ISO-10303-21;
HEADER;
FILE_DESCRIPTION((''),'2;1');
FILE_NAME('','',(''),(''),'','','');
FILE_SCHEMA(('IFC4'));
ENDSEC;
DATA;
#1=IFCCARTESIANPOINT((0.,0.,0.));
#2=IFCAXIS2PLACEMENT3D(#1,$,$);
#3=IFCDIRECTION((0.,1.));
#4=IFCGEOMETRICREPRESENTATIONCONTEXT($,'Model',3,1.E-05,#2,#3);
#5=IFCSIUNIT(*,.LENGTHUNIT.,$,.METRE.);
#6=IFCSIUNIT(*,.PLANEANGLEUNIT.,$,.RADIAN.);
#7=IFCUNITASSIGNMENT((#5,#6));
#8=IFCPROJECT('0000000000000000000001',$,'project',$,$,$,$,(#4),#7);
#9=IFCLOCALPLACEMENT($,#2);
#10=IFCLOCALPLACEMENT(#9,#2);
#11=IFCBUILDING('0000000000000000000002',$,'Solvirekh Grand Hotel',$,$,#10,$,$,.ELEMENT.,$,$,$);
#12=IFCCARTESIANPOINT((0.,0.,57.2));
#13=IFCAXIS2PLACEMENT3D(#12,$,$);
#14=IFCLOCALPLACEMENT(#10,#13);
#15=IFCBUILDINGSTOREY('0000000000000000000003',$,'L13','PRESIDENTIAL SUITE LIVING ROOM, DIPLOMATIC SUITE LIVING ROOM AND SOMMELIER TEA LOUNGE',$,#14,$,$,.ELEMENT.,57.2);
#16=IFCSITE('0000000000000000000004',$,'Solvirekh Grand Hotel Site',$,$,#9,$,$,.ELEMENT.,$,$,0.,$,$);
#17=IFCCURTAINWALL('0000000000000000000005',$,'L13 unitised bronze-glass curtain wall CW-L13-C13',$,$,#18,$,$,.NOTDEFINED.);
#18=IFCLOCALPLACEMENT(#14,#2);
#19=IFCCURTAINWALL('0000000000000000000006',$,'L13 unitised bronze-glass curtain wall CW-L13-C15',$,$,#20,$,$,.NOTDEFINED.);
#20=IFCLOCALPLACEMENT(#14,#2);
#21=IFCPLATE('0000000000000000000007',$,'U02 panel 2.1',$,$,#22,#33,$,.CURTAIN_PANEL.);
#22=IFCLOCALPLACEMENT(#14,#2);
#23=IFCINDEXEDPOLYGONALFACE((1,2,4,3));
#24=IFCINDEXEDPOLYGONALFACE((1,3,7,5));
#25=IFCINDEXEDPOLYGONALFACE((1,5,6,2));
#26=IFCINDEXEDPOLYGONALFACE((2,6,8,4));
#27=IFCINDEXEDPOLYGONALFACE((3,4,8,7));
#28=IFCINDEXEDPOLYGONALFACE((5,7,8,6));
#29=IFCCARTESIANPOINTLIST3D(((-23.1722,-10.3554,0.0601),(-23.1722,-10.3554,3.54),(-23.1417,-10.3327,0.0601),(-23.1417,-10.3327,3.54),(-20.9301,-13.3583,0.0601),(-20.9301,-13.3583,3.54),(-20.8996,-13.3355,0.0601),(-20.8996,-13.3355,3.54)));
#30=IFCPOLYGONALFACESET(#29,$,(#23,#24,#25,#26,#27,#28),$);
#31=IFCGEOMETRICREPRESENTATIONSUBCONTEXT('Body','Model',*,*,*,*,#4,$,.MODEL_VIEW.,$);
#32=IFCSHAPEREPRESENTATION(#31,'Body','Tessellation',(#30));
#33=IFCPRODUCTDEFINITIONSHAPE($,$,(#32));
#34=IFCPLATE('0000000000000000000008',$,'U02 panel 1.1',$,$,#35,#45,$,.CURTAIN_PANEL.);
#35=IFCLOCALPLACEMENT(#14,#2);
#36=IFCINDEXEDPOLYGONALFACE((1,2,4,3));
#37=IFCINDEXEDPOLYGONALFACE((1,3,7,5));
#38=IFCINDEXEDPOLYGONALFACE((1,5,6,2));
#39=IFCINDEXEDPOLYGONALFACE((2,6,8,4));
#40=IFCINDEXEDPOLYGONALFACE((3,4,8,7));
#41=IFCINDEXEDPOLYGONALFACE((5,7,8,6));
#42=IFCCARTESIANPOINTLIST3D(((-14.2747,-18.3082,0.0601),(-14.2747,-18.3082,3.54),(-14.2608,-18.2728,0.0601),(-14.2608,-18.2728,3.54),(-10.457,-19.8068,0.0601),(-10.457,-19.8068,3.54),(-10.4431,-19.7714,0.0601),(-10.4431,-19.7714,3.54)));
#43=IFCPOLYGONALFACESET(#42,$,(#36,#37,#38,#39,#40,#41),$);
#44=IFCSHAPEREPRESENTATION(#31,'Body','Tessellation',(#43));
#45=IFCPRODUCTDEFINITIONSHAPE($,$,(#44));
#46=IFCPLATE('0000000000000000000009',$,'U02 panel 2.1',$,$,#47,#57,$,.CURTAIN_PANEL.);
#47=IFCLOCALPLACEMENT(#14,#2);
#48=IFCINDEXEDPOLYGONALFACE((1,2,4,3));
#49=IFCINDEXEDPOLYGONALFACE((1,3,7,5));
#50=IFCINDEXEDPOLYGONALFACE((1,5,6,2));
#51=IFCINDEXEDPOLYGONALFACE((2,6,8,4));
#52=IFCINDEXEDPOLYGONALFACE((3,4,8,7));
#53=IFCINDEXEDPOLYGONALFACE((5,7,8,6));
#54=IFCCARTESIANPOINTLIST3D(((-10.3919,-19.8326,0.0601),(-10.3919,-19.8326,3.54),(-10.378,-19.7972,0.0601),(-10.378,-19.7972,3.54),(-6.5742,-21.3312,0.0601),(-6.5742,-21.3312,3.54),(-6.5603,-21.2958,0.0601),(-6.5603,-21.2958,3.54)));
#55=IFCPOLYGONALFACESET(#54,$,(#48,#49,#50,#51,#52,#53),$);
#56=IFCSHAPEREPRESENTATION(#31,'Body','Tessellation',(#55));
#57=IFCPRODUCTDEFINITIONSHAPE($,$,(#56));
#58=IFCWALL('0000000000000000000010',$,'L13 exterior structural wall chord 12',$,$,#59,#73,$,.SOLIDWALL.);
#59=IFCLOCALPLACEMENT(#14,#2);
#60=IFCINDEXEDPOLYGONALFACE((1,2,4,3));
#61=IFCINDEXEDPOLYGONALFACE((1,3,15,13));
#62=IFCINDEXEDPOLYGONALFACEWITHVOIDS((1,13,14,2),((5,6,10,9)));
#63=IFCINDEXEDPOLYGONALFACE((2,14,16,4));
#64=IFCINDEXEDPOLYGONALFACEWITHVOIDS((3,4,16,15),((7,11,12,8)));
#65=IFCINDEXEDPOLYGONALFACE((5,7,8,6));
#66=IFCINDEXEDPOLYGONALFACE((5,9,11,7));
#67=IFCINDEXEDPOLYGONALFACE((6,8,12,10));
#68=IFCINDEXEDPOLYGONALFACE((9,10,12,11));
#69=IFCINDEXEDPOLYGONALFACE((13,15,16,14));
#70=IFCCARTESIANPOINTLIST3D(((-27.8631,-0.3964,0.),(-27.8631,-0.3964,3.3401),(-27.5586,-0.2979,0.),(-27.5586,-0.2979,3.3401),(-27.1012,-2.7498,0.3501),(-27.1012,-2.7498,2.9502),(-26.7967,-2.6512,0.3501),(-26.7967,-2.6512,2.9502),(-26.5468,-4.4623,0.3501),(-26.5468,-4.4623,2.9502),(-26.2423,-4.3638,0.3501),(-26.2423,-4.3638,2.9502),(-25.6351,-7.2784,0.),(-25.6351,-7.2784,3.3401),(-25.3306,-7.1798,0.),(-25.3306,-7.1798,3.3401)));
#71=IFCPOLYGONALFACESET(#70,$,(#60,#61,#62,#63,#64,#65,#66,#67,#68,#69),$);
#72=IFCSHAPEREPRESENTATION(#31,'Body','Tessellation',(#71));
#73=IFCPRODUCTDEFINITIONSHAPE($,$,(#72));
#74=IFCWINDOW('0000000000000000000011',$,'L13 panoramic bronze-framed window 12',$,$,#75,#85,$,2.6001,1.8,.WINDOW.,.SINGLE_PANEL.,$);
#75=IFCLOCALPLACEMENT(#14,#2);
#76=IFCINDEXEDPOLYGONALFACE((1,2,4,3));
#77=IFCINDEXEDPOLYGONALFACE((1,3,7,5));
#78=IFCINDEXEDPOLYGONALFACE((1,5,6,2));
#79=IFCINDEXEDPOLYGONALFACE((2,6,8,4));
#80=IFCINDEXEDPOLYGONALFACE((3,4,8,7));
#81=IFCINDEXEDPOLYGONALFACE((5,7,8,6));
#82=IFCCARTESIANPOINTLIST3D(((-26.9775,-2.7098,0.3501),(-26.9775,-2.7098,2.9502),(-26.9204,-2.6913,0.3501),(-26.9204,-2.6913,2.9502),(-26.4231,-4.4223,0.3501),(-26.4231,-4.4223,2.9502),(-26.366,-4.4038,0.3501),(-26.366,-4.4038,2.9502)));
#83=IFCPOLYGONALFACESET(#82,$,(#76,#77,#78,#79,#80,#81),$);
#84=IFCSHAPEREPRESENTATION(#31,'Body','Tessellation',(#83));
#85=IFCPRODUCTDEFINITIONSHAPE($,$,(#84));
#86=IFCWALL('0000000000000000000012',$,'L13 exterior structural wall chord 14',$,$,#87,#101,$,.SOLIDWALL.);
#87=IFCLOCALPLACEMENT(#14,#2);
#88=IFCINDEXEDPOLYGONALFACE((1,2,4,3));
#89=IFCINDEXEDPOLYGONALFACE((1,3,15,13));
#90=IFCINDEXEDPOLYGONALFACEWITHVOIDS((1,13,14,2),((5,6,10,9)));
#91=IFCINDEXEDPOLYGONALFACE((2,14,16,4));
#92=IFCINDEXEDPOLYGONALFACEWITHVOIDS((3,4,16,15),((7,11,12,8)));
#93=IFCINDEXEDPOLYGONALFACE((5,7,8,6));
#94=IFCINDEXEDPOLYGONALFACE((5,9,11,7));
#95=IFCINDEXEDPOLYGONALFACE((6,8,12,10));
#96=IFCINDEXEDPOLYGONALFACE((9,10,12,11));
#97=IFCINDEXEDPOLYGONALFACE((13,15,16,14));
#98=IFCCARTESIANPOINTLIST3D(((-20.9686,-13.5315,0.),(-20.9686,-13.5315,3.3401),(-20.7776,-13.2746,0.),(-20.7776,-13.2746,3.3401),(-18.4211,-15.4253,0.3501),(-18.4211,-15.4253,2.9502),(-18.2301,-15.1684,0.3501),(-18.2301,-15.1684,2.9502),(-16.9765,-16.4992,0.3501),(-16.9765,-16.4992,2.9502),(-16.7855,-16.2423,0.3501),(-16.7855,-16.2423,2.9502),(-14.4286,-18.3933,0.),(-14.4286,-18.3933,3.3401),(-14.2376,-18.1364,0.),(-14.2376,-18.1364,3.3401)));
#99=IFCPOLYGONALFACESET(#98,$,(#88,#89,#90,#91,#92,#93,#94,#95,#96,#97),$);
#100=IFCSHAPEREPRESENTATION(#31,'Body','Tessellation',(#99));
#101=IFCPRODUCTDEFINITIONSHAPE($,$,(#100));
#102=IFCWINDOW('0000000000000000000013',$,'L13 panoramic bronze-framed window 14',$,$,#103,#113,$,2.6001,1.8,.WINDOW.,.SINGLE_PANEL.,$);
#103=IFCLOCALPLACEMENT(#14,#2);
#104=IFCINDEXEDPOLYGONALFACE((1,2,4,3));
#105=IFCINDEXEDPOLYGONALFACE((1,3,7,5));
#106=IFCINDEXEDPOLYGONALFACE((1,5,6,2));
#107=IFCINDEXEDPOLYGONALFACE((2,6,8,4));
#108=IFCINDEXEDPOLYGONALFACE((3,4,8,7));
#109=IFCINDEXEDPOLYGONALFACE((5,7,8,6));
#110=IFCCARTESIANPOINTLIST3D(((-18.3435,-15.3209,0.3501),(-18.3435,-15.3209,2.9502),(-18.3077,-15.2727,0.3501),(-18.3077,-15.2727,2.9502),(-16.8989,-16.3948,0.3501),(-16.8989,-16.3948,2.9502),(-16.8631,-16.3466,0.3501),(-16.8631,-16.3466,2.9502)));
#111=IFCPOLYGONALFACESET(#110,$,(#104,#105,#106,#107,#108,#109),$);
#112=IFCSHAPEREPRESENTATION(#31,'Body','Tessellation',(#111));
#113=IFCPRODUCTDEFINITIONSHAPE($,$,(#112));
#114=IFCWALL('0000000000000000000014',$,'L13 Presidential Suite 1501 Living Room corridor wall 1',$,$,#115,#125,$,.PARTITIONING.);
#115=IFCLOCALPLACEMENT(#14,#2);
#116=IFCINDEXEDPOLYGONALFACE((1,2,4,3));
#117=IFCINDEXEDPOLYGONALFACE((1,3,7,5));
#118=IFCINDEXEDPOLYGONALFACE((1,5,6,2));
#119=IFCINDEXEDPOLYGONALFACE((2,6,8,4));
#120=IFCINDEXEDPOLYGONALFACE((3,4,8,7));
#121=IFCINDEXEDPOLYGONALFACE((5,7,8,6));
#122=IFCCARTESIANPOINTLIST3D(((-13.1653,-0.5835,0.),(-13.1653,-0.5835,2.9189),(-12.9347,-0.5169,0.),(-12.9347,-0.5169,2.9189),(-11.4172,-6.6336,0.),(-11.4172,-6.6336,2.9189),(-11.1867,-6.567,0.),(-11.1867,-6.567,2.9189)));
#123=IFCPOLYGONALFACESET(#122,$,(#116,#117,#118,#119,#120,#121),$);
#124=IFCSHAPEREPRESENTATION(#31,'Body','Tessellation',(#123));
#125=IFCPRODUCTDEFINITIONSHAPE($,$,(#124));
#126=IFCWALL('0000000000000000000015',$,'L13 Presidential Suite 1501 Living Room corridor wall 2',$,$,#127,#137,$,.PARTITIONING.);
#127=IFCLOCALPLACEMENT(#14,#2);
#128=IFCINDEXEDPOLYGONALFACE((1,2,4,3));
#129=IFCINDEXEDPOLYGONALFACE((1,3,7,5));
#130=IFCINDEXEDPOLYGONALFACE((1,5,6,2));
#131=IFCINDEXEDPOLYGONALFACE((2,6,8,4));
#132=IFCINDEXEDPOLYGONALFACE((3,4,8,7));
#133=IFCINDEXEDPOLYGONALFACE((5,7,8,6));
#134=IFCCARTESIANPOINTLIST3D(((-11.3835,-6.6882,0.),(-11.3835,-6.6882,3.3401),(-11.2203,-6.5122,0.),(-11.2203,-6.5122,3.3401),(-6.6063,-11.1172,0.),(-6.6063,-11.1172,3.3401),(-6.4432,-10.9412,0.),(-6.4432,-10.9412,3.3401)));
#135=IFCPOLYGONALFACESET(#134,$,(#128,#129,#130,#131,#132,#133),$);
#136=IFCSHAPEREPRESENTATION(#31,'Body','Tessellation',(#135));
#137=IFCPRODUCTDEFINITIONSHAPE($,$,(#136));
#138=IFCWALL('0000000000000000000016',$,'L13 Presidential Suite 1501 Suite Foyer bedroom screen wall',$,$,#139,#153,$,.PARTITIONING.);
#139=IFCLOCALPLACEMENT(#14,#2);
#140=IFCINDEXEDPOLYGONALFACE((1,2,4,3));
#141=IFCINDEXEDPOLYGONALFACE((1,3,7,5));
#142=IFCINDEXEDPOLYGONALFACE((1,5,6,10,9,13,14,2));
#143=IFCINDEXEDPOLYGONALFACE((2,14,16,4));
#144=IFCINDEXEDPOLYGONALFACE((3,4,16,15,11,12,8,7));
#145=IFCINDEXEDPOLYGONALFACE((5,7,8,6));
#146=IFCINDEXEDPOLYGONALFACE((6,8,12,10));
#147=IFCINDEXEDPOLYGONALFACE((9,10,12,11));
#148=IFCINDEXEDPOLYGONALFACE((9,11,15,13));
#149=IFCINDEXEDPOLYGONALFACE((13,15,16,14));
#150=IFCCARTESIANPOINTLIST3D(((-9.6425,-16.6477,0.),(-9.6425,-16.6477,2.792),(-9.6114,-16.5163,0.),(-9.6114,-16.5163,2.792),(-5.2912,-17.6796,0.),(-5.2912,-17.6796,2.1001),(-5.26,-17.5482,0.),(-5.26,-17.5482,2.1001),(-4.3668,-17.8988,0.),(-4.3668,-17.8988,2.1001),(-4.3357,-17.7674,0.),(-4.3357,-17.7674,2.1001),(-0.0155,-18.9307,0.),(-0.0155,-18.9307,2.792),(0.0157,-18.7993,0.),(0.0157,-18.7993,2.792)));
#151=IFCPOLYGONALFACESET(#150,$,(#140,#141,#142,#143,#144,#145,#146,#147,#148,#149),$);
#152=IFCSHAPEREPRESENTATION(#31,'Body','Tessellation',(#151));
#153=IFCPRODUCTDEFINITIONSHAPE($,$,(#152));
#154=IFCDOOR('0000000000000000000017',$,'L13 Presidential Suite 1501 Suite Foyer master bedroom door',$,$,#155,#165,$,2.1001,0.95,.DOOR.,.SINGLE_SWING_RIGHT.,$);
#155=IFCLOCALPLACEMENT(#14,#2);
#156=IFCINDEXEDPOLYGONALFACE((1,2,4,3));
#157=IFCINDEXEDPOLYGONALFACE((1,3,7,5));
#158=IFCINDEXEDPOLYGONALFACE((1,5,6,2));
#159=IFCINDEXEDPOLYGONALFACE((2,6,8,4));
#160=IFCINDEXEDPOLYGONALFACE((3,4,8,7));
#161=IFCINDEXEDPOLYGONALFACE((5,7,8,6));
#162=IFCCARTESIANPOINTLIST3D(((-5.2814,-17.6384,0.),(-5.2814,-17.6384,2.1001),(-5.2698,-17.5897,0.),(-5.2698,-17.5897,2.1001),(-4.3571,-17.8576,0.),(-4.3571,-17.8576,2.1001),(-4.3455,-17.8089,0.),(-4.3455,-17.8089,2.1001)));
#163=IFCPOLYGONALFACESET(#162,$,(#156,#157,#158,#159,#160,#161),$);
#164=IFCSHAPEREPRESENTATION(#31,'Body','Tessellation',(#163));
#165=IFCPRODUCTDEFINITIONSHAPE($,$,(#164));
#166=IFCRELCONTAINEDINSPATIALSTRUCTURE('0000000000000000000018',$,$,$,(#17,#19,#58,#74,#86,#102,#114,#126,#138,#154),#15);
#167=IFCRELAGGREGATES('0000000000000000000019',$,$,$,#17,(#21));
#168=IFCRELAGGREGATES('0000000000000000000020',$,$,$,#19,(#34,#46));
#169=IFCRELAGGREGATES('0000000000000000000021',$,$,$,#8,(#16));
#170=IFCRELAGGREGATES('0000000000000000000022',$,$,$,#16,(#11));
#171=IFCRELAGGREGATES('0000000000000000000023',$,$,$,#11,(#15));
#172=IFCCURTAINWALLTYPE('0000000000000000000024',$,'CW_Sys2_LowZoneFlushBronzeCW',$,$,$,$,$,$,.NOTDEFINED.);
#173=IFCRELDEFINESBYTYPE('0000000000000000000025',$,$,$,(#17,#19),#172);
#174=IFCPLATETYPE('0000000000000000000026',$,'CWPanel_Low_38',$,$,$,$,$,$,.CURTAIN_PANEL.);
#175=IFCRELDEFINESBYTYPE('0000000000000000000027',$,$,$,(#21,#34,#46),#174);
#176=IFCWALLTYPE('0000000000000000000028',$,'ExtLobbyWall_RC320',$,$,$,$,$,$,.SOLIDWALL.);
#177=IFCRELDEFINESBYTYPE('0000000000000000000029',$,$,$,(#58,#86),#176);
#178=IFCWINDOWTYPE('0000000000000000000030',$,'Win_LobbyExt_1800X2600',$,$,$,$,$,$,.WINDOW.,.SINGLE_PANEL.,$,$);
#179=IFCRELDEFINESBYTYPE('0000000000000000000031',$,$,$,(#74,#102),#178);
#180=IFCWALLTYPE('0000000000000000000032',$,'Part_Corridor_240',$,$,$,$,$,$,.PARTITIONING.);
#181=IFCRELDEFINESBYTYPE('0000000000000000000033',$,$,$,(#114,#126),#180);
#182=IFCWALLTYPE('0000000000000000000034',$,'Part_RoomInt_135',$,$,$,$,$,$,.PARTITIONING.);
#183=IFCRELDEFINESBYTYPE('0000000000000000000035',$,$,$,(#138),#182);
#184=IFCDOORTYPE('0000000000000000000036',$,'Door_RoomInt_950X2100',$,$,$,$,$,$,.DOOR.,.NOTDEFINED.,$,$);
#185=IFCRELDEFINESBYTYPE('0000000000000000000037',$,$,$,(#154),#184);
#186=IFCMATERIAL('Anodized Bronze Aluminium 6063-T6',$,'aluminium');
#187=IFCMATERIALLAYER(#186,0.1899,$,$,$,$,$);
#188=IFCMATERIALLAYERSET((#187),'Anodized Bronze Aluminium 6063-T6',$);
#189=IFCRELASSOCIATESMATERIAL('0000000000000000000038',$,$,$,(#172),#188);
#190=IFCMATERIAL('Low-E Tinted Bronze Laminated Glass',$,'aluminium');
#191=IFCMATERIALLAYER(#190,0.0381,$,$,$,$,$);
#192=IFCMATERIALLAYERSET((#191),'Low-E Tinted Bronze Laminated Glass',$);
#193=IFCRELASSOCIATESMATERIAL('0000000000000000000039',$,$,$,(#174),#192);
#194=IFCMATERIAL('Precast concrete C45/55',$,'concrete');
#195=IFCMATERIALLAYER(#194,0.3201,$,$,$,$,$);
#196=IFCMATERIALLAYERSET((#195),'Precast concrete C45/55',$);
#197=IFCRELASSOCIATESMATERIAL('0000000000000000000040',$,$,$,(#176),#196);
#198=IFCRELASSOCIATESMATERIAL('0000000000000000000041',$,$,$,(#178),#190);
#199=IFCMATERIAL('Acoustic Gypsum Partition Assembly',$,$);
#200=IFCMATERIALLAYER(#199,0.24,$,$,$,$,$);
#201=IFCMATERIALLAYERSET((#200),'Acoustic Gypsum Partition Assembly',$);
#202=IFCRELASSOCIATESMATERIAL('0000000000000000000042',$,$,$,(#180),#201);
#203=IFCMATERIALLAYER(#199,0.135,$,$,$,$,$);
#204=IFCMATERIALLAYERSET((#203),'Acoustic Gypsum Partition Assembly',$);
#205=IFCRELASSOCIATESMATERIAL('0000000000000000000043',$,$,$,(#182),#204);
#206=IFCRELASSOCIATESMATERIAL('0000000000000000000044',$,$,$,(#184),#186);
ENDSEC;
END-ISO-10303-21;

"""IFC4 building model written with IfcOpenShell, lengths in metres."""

from ifc_helpers import new_model, si_unit, direction, frame, frame_2d, origin, origin_2d, place, context, subcontext, project, spatial, rectangle, extrude, source, transform, mapped, material, layer, layer_set, type_object, element, fill, aggregate, save


model = new_model("IFC4")

# Units and contexts
model_context = context("Model", 3, precision=1e-05, world=origin(), true_north=direction((0.0, 1.0)))
body_context = subcontext(model_context, "Body", "Model", "MODEL_VIEW")
ifc_project = project(units=[si_unit("LENGTHUNIT", "METRE"), si_unit("PLANEANGLEUNIT", "RADIAN")], contexts=[model_context])

# Site, building, storey
site_placement = place(None, origin())
site = spatial("IfcSite", under=ifc_project, at=site_placement, Name="Solvirekh Grand Hotel Site", CompositionType="ELEMENT", RefElevation=0.0)
building_placement = place(site_placement, origin())
building = spatial("IfcBuilding", under=site, at=building_placement, Name="Solvirekh Grand Hotel", CompositionType="ELEMENT")
storey_placement = place(building_placement, frame((0.0, 0.0, 57.2)))
storey = spatial("IfcBuildingStorey", under=building, at=storey_placement, Name="L13", Description="PRESIDENTIAL SUITE LIVING ROOM, DIPLOMATIC SUITE LIVING ROOM AND SOMMELIER TEA LOUNGE", CompositionType="ELEMENT", Elevation=57.2)

# Shared definitions
ifc_material_1 = material(Name="Anodized Bronze Aluminium 6063-T6", Category="aluminium")
ifc_layer_1 = layer(ifc_material_1, 0.1899)
ifc_layer_set_1 = layer_set([ifc_layer_1], Name="Anodized Bronze Aluminium 6063-T6")
curtain_wall_type = type_object("IfcCurtainWallType", Name="CW_Sys2_LowZoneFlushBronzeCW", PredefinedType="NOTDEFINED", material=ifc_layer_set_1)

# Curtain walls
curtain_wall_1_placement = place(storey_placement, origin())
curtain_wall_1 = element("IfcCurtainWall", 1, at=curtain_wall_1_placement, inside=storey, type_object=curtain_wall_type, Name="L13 unitised bronze-glass curtain wall CW-L13-C13", PredefinedType="NOTDEFINED")
curtain_wall_2_placement = place(storey_placement, origin())
curtain_wall_2 = element("IfcCurtainWall", 2, at=curtain_wall_2_placement, inside=storey, type_object=curtain_wall_type, Name="L13 unitised bronze-glass curtain wall CW-L13-C15", PredefinedType="NOTDEFINED")

# Plates
ifc_material_2 = material(Name="Low-E Tinted Bronze Laminated Glass", Category="aluminium")
ifc_layer_2 = layer(ifc_material_2, 0.0381)
ifc_layer_set_2 = layer_set([ifc_layer_2], Name="Low-E Tinted Bronze Laminated Glass")
plate_type = type_object("IfcPlateType", Name="CWPanel_Low_38", PredefinedType="CURTAIN_PANEL", material=ifc_layer_set_2)
shared_shape_1 = source(origin(), body_context, "Body", "SweptSolid", [
    extrude(rectangle(XDim=3.7476, YDim=0.0381, at=origin_2d()), origin(), (0.0, 0.0, 1.0), 3.48),
])
plate_1_placement = place(storey_placement, frame((-22.0359, -11.8455, 0.0601), z_axis=(0.0, 0.0, 1.0), x_axis=(0.598296, -0.801275, 0.0)))
plate_1 = element("IfcPlate", 3, at=plate_1_placement, type_object=plate_type, Name="U02 panel 2.1", PredefinedType="CURTAIN_PANEL", context=body_context, shape_type="MappedRepresentation", body=[
    mapped(shared_shape_1, transform((0.0, 0.0, 0.0), x_axis=(1.0, 0.0, 0.0), y_axis=(0.0, 1.0, 0.0), z_axis=(0.0, 0.0, 1.0), scale=1.0)),
])
aggregate(curtain_wall_1, [plate_1])
shared_shape_2 = source(origin(), body_context, "Body", "SweptSolid", [
    extrude(rectangle(XDim=4.1013, YDim=0.0381, at=origin_2d()), origin(), (0.0, 0.0, 1.0), 3.48),
])
plate_2_placement = place(storey_placement, frame((-12.3589, -19.0398, 0.0601), z_axis=(0.0, 0.0, 1.0), x_axis=(0.930851, -0.365399, 0.0)))
plate_2 = element("IfcPlate", 4, at=plate_2_placement, type_object=plate_type, Name="U02 panel 1.1", PredefinedType="CURTAIN_PANEL", context=body_context, shape_type="MappedRepresentation", body=[
    mapped(shared_shape_2, transform((0.0, 0.0, 0.0), x_axis=(1.0, 0.0, 0.0), y_axis=(0.0, 1.0, 0.0), z_axis=(0.0, 0.0, 1.0), scale=1.0)),
])
plate_3_placement = place(storey_placement, frame((-8.4761, -20.5642, 0.0601), z_axis=(0.0, 0.0, 1.0), x_axis=(0.930851, -0.365399, 0.0)))
plate_3 = element("IfcPlate", 5, at=plate_3_placement, type_object=plate_type, Name="U02 panel 2.1", PredefinedType="CURTAIN_PANEL", context=body_context, shape_type="MappedRepresentation", body=[
    mapped(shared_shape_2, transform((0.0, 0.0, 0.0), x_axis=(1.0, 0.0, 0.0), y_axis=(0.0, 1.0, 0.0), z_axis=(0.0, 0.0, 1.0), scale=1.0)),
])
aggregate(curtain_wall_2, [plate_2, plate_3])

# Walls, openings, windows
ifc_material_3 = material(Name="Precast concrete C45/55", Category="concrete")
ifc_layer_3 = layer(ifc_material_3, 0.3201)
ifc_layer_set_3 = layer_set([ifc_layer_3], Name="Precast concrete C45/55")
wall_type_1 = type_object("IfcWallType", Name="ExtLobbyWall_RC320", PredefinedType="SOLIDWALL", material=ifc_layer_set_3)
wall_1_placement = place(storey_placement, frame((-25.4829, -7.229, 0.0), z_axis=(0.0, 0.0, 1.0), x_axis=(-0.308004, 0.951385, 0.0)))
wall_1 = element("IfcWall", 6, at=wall_1_placement, inside=storey, type_object=wall_type_1, Name="L13 exterior structural wall chord 12", PredefinedType="SOLIDWALL", context=body_context, shape_type="SweptSolid", body=[
    extrude(rectangle(XDim=7.2336, YDim=0.3201, at=frame_2d((3.6167, 0.0))), origin(), (0.0, 0.0, 1.0), 3.3401),
])
opening_1_placement = place(wall_1_placement, frame((2.96, 0.0, 0.3501)))
opening_1 = element("IfcOpeningElement", 7, at=opening_1_placement, cuts=wall_1, PredefinedType="OPENING", context=body_context, shape_type="SweptSolid", body=[
    extrude(rectangle(XDim=1.8, YDim=2.6001, at=frame_2d((0.8999, 1.3))), frame((0.0, 0.1699, 0.0), z_axis=(0.0, -1.0, 0.0), x_axis=(1.0, 0.0, 0.0)), (0.0, 0.0, 1.0), 0.3401),
])
window_type = type_object("IfcWindowType", Name="Win_LobbyExt_1800X2600", PartitioningType="SINGLE_PANEL", PredefinedType="WINDOW", material=ifc_material_2)
window_1_placement = place(opening_1_placement, origin())
window_1 = element("IfcWindow", 8, at=window_1_placement, inside=storey, type_object=window_type, Name="L13 panoramic bronze-framed window 12", OverallHeight=2.6001, OverallWidth=1.8, PartitioningType="SINGLE_PANEL", PredefinedType="WINDOW", context=body_context, shape_type="SweptSolid", body=[
    extrude(rectangle(XDim=1.8, YDim=2.6001, at=frame_2d((0.8999, 1.3))), frame((0.0, 0.03, 0.0), z_axis=(0.0, -1.0, 0.0), x_axis=(1.0, 0.0, 0.0)), (0.0, 0.0, 1.0), 0.0601),
])
fill(opening_1, window_1)
wall_2_placement = place(storey_placement, frame((-14.333, -18.2649, 0.0), z_axis=(0.0, 0.0, 1.0), x_axis=(-0.802538, 0.596601, 0.0)))
wall_2 = element("IfcWall", 9, at=wall_2_placement, inside=storey, type_object=wall_type_1, Name="L13 exterior structural wall chord 14", PredefinedType="SOLIDWALL", context=body_context, shape_type="SweptSolid", body=[
    extrude(rectangle(XDim=8.1492, YDim=0.3201, at=frame_2d((4.0747, 0.0))), origin(), (0.0, 0.0, 1.0), 3.3401),
])
opening_2_placement = place(wall_2_placement, frame((3.175, 0.0, 0.3501)))
opening_2 = element("IfcOpeningElement", 10, at=opening_2_placement, cuts=wall_2, PredefinedType="OPENING", context=body_context, shape_type="SweptSolid", body=[
    extrude(rectangle(XDim=1.8, YDim=2.6001, at=frame_2d((0.8999, 1.3))), frame((0.0, 0.1699, 0.0), z_axis=(0.0, -1.0, 0.0), x_axis=(1.0, 0.0, 0.0)), (0.0, 0.0, 1.0), 0.3401),
])
window_2_placement = place(opening_2_placement, origin())
window_2 = element("IfcWindow", 11, at=window_2_placement, inside=storey, type_object=window_type, Name="L13 panoramic bronze-framed window 14", OverallHeight=2.6001, OverallWidth=1.8, PartitioningType="SINGLE_PANEL", PredefinedType="WINDOW", context=body_context, shape_type="SweptSolid", body=[
    extrude(rectangle(XDim=1.8, YDim=2.6001, at=frame_2d((0.8999, 1.3))), frame((0.0, 0.03, 0.0), z_axis=(0.0, -1.0, 0.0), x_axis=(1.0, 0.0, 0.0)), (0.0, 0.0, 1.0), 0.0601),
])
fill(opening_2, window_2)

# Walls
ifc_material_4 = material(Name="Acoustic Gypsum Partition Assembly")
ifc_layer_4 = layer(ifc_material_4, 0.24)
ifc_layer_set_4 = layer_set([ifc_layer_4], Name="Acoustic Gypsum Partition Assembly")
wall_type_2 = type_object("IfcWallType", Name="Part_Corridor_240", PredefinedType="PARTITIONING", material=ifc_layer_set_4)
wall_3_placement = place(storey_placement, frame((-13.05, -0.55, 0.0), z_axis=(0.0, 0.0, 1.0), x_axis=(0.277577, -0.960703, 0.0)))
element("IfcWall", 12, at=wall_3_placement, inside=storey, type_object=wall_type_2, Name="L13 Presidential Suite 1501 Living Room corridor wall 1", PredefinedType="PARTITIONING", context=body_context, shape_type="SweptSolid", body=[
    extrude(rectangle(XDim=6.2976, YDim=0.24, at=frame_2d((3.1489, 0.0))), origin(), (0.0, 0.0, 1.0), 2.9189),
])
wall_4_placement = place(storey_placement, frame((-11.302, -6.6001, 0.0), z_axis=(0.0, 0.0, 1.0), x_axis=(0.733323, -0.67988, 0.0)))
element("IfcWall", 13, at=wall_4_placement, inside=storey, type_object=wall_type_2, Name="L13 Presidential Suite 1501 Living Room corridor wall 2", PredefinedType="PARTITIONING", context=body_context, shape_type="SweptSolid", body=[
    extrude(rectangle(XDim=6.5144, YDim=0.24, at=frame_2d((3.2573, 0.0))), origin(), (0.0, 0.0, 1.0), 3.3401),
])

# Wall, opening, door
ifc_layer_5 = layer(ifc_material_4, 0.135)
ifc_layer_set_5 = layer_set([ifc_layer_5], Name="Acoustic Gypsum Partition Assembly")
wall_type_3 = type_object("IfcWallType", Name="Part_RoomInt_135", PredefinedType="PARTITIONING", material=ifc_layer_set_5)
wall_5_placement = place(storey_placement, frame((-9.627, -16.582, 0.0), z_axis=(0.0, 0.0, 1.0), x_axis=(0.973015, -0.230743, 0.0)))
wall_5 = element("IfcWall", 14, at=wall_5_placement, inside=storey, type_object=wall_type_3, Name="L13 Presidential Suite 1501 Suite Foyer bedroom screen wall", PredefinedType="PARTITIONING", context=body_context, shape_type="SweptSolid", body=[
    extrude(rectangle(XDim=9.894, YDim=0.135, at=frame_2d((4.947, 0.0))), origin(), (0.0, 0.0, 1.0), 2.792),
])
opening_3_placement = place(wall_5_placement, frame((4.4719, 0.0, 0.0)))
opening_3 = element("IfcOpeningElement", 15, at=opening_3_placement, cuts=wall_5, PredefinedType="OPENING", context=body_context, shape_type="SweptSolid", body=[
    extrude(rectangle(XDim=0.95, YDim=2.1001, at=frame_2d((0.4751, 1.05))), frame((0.0, 0.0776, 0.0), z_axis=(0.0, -1.0, 0.0), x_axis=(1.0, 0.0, 0.0)), (0.0, 0.0, 1.0), 0.155),
])
door_type = type_object("IfcDoorType", Name="Door_RoomInt_950X2100", OperationType="NOTDEFINED", PredefinedType="DOOR", material=ifc_material_1)
door_placement = place(opening_3_placement, origin())
door = element("IfcDoor", 16, at=door_placement, inside=storey, type_object=door_type, Name="L13 Presidential Suite 1501 Suite Foyer master bedroom door", OperationType="SINGLE_SWING_RIGHT", OverallHeight=2.1001, OverallWidth=0.95, PredefinedType="DOOR", context=body_context, shape_type="SweptSolid", body=[
    extrude(rectangle(XDim=0.95, YDim=2.1001, at=frame_2d((0.4751, 1.05))), frame((0.0, 0.0249, 0.0), z_axis=(0.0, -1.0, 0.0), x_axis=(1.0, 0.0, 0.0)), (0.0, 0.0, 1.0), 0.05),
])
fill(opening_3, door)

save(model, "model.ifc")
